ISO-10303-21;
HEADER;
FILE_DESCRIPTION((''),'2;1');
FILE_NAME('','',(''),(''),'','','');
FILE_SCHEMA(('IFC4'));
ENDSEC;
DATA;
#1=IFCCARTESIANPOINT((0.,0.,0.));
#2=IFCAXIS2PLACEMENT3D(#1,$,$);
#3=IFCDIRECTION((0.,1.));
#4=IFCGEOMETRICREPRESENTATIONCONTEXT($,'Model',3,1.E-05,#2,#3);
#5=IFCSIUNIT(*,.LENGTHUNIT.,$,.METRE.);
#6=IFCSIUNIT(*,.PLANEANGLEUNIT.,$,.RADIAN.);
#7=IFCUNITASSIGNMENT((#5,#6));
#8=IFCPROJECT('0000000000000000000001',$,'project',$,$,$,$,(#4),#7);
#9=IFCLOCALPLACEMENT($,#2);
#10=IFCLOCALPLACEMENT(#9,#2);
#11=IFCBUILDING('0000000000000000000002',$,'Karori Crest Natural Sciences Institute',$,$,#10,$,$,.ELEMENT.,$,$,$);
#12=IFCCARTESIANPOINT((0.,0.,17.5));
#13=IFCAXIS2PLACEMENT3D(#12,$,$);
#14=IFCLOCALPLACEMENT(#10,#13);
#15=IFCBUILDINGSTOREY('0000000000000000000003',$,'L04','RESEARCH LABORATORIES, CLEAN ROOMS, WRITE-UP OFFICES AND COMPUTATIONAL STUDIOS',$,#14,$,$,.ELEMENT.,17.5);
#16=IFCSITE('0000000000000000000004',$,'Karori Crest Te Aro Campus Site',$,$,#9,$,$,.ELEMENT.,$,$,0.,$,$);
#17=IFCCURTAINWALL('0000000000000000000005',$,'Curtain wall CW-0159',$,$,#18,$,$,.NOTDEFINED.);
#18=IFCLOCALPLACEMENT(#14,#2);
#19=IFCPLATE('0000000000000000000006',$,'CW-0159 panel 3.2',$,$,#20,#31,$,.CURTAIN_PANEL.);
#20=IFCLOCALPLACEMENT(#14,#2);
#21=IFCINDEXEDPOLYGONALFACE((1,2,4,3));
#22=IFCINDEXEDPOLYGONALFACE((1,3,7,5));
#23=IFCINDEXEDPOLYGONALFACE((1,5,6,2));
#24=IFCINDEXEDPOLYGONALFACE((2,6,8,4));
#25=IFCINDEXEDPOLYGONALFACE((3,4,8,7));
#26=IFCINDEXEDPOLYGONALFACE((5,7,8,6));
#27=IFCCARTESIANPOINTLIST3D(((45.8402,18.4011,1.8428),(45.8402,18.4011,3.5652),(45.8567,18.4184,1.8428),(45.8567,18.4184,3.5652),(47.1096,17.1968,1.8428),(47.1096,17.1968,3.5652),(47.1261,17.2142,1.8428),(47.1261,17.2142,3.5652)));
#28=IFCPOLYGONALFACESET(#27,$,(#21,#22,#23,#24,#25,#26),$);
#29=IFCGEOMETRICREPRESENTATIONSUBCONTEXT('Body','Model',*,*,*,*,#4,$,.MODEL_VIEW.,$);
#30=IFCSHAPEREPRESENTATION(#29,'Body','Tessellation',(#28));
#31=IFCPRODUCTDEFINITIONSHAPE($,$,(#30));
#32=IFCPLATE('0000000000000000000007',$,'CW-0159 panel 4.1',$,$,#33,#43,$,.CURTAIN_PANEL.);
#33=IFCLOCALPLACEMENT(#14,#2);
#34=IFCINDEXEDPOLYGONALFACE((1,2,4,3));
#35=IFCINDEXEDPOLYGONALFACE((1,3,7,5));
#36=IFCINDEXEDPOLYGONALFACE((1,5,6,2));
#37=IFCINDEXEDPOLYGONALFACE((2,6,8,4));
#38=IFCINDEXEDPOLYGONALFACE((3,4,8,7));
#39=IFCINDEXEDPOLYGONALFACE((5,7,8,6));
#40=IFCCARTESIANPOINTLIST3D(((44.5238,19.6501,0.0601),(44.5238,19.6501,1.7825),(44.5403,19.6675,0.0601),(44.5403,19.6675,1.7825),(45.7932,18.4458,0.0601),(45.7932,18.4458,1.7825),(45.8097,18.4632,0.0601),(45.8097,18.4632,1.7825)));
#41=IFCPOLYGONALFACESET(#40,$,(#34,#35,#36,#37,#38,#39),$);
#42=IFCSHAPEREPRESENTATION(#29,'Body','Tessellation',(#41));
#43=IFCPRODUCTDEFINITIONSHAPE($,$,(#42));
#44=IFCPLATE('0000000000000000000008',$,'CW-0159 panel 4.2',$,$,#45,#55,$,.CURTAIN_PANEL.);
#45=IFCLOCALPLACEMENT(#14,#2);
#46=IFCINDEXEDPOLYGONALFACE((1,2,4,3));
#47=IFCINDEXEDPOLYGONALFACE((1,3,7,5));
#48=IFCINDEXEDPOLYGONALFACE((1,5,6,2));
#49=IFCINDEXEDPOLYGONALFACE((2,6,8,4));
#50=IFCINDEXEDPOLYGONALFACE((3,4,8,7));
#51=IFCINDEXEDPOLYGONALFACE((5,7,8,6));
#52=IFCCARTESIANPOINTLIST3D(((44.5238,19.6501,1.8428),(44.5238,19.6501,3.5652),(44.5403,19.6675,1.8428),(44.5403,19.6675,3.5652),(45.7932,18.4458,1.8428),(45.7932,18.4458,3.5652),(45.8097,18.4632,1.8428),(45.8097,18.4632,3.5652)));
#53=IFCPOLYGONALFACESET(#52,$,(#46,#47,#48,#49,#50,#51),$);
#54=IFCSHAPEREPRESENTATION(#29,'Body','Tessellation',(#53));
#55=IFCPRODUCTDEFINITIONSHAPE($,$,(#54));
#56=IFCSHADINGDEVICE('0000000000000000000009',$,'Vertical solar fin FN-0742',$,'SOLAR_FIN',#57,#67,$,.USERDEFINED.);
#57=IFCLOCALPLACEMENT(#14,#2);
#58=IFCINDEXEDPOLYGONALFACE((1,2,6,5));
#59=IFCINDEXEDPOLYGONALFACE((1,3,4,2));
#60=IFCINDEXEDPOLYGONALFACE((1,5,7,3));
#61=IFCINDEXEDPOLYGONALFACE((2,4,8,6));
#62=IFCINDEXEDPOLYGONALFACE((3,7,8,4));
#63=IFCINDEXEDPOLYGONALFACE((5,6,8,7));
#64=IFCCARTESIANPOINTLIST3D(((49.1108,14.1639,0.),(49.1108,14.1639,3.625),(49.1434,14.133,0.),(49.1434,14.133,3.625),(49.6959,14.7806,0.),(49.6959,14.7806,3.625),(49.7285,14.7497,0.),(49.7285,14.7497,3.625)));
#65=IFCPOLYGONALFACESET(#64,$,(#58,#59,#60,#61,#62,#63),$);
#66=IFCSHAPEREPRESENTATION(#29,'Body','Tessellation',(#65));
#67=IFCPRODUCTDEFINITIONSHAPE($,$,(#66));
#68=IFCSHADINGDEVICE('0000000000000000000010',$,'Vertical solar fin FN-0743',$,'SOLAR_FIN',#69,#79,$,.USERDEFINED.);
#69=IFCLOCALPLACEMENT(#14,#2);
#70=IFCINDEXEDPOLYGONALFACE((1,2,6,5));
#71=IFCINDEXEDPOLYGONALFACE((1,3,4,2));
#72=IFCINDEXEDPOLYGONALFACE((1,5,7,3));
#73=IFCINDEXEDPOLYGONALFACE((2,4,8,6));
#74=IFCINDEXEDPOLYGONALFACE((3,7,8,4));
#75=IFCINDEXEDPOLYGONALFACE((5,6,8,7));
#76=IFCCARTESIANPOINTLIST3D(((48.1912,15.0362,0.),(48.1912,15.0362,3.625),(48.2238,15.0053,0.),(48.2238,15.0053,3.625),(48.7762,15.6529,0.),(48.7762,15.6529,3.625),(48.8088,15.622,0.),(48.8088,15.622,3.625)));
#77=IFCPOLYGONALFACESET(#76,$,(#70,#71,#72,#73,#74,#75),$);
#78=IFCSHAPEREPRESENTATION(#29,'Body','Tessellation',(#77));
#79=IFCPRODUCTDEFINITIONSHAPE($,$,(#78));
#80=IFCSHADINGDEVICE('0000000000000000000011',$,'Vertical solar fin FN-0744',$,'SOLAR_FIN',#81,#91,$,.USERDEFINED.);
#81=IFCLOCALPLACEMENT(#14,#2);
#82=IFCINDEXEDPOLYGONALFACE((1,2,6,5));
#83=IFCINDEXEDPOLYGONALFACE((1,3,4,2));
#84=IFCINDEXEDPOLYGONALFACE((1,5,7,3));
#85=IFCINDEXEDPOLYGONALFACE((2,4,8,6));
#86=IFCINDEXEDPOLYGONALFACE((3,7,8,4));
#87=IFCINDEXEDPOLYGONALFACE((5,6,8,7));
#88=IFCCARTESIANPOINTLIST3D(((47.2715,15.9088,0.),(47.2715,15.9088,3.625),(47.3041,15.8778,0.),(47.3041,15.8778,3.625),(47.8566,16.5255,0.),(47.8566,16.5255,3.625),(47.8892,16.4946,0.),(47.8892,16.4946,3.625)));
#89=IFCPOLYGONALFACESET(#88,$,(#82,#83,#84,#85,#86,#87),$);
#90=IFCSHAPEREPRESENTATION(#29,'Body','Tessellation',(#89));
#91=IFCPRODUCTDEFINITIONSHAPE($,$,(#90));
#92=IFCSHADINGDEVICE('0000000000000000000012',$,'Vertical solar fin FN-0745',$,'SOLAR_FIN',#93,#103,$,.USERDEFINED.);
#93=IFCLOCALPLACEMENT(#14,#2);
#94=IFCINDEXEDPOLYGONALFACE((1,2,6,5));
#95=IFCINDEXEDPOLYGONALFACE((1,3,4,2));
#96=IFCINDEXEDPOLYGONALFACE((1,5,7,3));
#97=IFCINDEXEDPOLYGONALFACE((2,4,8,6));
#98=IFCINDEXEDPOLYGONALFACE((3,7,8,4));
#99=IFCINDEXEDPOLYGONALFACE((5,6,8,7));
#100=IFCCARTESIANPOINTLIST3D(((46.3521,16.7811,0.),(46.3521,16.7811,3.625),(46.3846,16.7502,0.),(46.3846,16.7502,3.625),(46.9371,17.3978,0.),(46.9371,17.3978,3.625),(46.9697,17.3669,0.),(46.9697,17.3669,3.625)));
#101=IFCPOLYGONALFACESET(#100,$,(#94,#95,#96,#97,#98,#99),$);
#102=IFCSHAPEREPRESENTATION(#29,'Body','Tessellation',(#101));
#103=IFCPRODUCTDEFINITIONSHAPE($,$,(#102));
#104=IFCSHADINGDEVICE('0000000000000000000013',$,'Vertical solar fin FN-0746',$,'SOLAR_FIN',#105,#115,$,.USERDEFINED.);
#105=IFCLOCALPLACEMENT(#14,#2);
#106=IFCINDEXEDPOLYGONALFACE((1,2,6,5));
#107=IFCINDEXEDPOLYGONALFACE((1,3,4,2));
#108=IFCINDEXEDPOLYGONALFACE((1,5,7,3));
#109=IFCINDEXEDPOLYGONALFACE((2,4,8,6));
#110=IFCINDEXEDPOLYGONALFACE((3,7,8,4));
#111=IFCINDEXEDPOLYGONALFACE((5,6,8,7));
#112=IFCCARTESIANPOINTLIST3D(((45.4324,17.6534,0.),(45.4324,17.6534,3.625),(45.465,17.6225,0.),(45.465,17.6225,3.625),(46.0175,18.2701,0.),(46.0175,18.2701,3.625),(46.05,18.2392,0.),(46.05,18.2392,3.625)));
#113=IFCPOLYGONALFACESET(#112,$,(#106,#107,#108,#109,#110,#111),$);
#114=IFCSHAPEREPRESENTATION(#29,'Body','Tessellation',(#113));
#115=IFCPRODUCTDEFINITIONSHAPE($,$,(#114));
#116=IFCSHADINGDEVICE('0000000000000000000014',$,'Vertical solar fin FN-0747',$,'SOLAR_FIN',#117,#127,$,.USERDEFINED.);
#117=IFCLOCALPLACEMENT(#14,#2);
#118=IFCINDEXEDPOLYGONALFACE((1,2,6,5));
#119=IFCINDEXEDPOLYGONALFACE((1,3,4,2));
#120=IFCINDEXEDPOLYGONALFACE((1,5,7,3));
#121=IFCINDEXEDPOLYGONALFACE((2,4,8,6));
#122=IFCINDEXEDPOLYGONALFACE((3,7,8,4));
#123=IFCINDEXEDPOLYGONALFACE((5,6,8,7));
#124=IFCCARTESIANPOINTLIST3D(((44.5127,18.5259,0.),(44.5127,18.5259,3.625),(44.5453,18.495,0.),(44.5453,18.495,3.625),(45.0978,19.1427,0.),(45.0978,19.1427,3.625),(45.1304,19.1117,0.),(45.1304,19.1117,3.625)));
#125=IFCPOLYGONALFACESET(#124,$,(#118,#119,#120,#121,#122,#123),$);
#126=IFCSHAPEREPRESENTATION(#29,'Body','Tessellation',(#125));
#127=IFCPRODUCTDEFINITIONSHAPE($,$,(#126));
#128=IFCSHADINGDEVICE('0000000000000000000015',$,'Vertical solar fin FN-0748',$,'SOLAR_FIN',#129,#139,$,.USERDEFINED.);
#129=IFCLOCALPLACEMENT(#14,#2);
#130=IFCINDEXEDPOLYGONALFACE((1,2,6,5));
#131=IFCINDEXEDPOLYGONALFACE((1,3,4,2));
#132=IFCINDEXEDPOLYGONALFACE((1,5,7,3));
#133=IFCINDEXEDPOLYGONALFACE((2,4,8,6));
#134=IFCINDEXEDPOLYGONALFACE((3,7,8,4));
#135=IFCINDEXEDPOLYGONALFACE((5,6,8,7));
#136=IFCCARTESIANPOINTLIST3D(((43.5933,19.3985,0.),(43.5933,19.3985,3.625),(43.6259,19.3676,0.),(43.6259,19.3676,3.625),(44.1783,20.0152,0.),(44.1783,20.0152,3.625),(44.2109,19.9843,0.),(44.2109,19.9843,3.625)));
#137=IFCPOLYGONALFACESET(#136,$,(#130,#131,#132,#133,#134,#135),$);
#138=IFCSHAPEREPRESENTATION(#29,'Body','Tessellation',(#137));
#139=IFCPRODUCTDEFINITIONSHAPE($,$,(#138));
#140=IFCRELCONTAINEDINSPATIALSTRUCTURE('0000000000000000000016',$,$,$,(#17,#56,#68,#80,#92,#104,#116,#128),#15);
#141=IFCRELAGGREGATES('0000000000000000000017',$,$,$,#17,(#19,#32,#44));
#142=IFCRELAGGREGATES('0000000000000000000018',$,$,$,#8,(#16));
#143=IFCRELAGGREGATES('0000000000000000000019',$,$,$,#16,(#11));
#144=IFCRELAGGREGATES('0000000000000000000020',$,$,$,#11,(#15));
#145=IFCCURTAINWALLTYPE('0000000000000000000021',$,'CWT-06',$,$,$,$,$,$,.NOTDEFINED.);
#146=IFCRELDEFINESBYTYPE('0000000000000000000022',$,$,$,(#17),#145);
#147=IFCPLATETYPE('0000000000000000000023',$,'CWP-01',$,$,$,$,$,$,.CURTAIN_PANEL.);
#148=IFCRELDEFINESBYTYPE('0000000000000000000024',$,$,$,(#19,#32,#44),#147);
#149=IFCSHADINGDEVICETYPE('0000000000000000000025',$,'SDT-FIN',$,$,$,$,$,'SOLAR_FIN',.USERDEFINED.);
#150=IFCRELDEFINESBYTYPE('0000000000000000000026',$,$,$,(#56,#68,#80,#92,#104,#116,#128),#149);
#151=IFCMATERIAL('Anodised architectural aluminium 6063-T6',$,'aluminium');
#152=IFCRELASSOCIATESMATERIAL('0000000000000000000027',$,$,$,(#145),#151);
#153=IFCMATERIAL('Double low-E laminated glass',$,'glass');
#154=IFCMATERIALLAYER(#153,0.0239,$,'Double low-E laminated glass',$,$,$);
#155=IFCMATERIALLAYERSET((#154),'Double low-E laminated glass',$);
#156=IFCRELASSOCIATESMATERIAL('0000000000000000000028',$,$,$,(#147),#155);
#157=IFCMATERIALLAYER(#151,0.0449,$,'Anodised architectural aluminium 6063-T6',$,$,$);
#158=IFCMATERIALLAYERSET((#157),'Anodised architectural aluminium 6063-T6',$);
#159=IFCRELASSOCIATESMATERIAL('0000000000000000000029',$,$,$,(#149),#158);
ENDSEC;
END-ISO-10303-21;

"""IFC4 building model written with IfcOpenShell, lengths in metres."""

from ifc_helpers import new_model, si_unit, direction, frame, origin, origin_2d, place, context, subcontext, project, spatial, rectangle, extrude, material, layer, layer_set, type_object, element, aggregate, save


model = new_model("IFC4")

# Units and contexts
model_context = context("Model", 3, precision=1e-05, world=origin(), true_north=direction((0.0, 1.0)))
body_context = subcontext(model_context, "Body", "Model", "MODEL_VIEW")
ifc_project = project(units=[si_unit("LENGTHUNIT", "METRE"), si_unit("PLANEANGLEUNIT", "RADIAN")], contexts=[model_context])

# Site, building, storey
site_placement = place(None, origin())
site = spatial("IfcSite", under=ifc_project, at=site_placement, Name="Karori Crest Te Aro Campus Site", CompositionType="ELEMENT", RefElevation=0.0)
building_placement = place(site_placement, origin())
building = spatial("IfcBuilding", under=site, at=building_placement, Name="Karori Crest Natural Sciences Institute", CompositionType="ELEMENT")
storey_placement = place(building_placement, frame((0.0, 0.0, 17.5)))
storey = spatial("IfcBuildingStorey", under=building, at=storey_placement, Name="L04", Description="RESEARCH LABORATORIES, CLEAN ROOMS, WRITE-UP OFFICES AND COMPUTATIONAL STUDIOS", CompositionType="ELEMENT", Elevation=17.5)

# Curtain wall, plates
ifc_material_1 = material(Name="Anodised architectural aluminium 6063-T6", Category="aluminium")
curtain_wall_type = type_object("IfcCurtainWallType", Name="CWT-06", PredefinedType="NOTDEFINED", material=ifc_material_1)
curtain_wall_placement = place(storey_placement, origin())
curtain_wall = element("IfcCurtainWall", 1, at=curtain_wall_placement, inside=storey, type_object=curtain_wall_type, Name="Curtain wall CW-0159", PredefinedType="NOTDEFINED")
ifc_material_2 = material(Name="Double low-E laminated glass", Category="glass")
ifc_layer_1 = layer(ifc_material_2, 0.0239, Name="Double low-E laminated glass")
ifc_layer_set_1 = layer_set([ifc_layer_1], Name="Double low-E laminated glass")
plate_type = type_object("IfcPlateType", Name="CWP-01", PredefinedType="CURTAIN_PANEL", material=ifc_layer_set_1)
plate_1_placement = place(storey_placement, frame((46.4832, 17.8076, 1.8428), z_axis=(0.0, 0.0, 1.0), x_axis=(-0.725471, 0.688252, 0.0)))
plate_1 = element("IfcPlate", 2, at=plate_1_placement, type_object=plate_type, Name="CW-0159 panel 3.2", PredefinedType="CURTAIN_PANEL", context=body_context, shape_type="SweptSolid", body=[
    extrude(rectangle(XDim=1.7498, YDim=0.0239, at=origin_2d()), origin(), (0.0, 0.0, 1.0), 1.7224),
])
plate_2_placement = place(storey_placement, frame((45.1667, 19.0566, 0.0601), z_axis=(0.0, 0.0, 1.0), x_axis=(-0.725471, 0.688252, 0.0)))
plate_2 = element("IfcPlate", 3, at=plate_2_placement, type_object=plate_type, Name="CW-0159 panel 4.1", PredefinedType="CURTAIN_PANEL", context=body_context, shape_type="SweptSolid", body=[
    extrude(rectangle(XDim=1.7498, YDim=0.0239, at=origin_2d()), origin(), (0.0, 0.0, 1.0), 1.7224),
])
plate_3_placement = place(storey_placement, frame((45.1667, 19.0566, 1.8428), z_axis=(0.0, 0.0, 1.0), x_axis=(-0.725471, 0.688252, 0.0)))
plate_3 = element("IfcPlate", 4, at=plate_3_placement, type_object=plate_type, Name="CW-0159 panel 4.2", PredefinedType="CURTAIN_PANEL", context=body_context, shape_type="SweptSolid", body=[
    extrude(rectangle(XDim=1.7498, YDim=0.0239, at=origin_2d()), origin(), (0.0, 0.0, 1.0), 1.7224),
])
aggregate(curtain_wall, [plate_1, plate_2, plate_3])

# Shading devices
ifc_layer_2 = layer(ifc_material_1, 0.0449, Name="Anodised architectural aluminium 6063-T6")
ifc_layer_set_2 = layer_set([ifc_layer_2], Name="Anodised architectural aluminium 6063-T6")
shading_device_type = type_object("IfcShadingDeviceType", Name="SDT-FIN", ElementType="SOLAR_FIN", PredefinedType="USERDEFINED", material=ifc_layer_set_2)
for number, where, z_axis, x_axis, name in (
    (5, (49.4197, 14.4568, 0.0), (0.0, 0.0, 1.0), (-0.688252, -0.725472, 0.0), "Vertical solar fin FN-0742"),
    (6, (48.5, 15.3291, 0.0), (0.0, 0.0, 1.0), (-0.688252, -0.725472, 0.0), "Vertical solar fin FN-0743"),
    (7, (47.5803, 16.2017, 0.0), (0.0, 0.0, 1.0), (-0.688252, -0.725472, 0.0), "Vertical solar fin FN-0744"),
    (8, (46.6609, 17.074, 0.0), (0.0, 0.0, 1.0), (-0.688252, -0.725472, 0.0), "Vertical solar fin FN-0745"),
    (9, (45.7412, 17.9463, 0.0), (0.0, 0.0, 1.0), (-0.688252, -0.725472, 0.0), "Vertical solar fin FN-0746"),
    (10, (44.8215, 18.8188, 0.0), (0.0, 0.0, 1.0), (-0.688252, -0.725472, 0.0), "Vertical solar fin FN-0747"),
    (11, (43.9021, 19.6914, 0.0), (0.0, 0.0, 1.0), (-0.688252, -0.725472, 0.0), "Vertical solar fin FN-0748"),
):
    element("IfcShadingDevice", number, at=place(storey_placement, frame(where, z_axis=z_axis, x_axis=x_axis)), inside=storey, type_object=shading_device_type, Name=name, ObjectType="SOLAR_FIN", PredefinedType="USERDEFINED", context=body_context, shape_type="SweptSolid", body=[
        extrude(rectangle(XDim=0.8501, YDim=0.0449, at=origin_2d()), origin(), (0.0, 0.0, 1.0), 3.625),
    ])

save(model, "model.ifc")
